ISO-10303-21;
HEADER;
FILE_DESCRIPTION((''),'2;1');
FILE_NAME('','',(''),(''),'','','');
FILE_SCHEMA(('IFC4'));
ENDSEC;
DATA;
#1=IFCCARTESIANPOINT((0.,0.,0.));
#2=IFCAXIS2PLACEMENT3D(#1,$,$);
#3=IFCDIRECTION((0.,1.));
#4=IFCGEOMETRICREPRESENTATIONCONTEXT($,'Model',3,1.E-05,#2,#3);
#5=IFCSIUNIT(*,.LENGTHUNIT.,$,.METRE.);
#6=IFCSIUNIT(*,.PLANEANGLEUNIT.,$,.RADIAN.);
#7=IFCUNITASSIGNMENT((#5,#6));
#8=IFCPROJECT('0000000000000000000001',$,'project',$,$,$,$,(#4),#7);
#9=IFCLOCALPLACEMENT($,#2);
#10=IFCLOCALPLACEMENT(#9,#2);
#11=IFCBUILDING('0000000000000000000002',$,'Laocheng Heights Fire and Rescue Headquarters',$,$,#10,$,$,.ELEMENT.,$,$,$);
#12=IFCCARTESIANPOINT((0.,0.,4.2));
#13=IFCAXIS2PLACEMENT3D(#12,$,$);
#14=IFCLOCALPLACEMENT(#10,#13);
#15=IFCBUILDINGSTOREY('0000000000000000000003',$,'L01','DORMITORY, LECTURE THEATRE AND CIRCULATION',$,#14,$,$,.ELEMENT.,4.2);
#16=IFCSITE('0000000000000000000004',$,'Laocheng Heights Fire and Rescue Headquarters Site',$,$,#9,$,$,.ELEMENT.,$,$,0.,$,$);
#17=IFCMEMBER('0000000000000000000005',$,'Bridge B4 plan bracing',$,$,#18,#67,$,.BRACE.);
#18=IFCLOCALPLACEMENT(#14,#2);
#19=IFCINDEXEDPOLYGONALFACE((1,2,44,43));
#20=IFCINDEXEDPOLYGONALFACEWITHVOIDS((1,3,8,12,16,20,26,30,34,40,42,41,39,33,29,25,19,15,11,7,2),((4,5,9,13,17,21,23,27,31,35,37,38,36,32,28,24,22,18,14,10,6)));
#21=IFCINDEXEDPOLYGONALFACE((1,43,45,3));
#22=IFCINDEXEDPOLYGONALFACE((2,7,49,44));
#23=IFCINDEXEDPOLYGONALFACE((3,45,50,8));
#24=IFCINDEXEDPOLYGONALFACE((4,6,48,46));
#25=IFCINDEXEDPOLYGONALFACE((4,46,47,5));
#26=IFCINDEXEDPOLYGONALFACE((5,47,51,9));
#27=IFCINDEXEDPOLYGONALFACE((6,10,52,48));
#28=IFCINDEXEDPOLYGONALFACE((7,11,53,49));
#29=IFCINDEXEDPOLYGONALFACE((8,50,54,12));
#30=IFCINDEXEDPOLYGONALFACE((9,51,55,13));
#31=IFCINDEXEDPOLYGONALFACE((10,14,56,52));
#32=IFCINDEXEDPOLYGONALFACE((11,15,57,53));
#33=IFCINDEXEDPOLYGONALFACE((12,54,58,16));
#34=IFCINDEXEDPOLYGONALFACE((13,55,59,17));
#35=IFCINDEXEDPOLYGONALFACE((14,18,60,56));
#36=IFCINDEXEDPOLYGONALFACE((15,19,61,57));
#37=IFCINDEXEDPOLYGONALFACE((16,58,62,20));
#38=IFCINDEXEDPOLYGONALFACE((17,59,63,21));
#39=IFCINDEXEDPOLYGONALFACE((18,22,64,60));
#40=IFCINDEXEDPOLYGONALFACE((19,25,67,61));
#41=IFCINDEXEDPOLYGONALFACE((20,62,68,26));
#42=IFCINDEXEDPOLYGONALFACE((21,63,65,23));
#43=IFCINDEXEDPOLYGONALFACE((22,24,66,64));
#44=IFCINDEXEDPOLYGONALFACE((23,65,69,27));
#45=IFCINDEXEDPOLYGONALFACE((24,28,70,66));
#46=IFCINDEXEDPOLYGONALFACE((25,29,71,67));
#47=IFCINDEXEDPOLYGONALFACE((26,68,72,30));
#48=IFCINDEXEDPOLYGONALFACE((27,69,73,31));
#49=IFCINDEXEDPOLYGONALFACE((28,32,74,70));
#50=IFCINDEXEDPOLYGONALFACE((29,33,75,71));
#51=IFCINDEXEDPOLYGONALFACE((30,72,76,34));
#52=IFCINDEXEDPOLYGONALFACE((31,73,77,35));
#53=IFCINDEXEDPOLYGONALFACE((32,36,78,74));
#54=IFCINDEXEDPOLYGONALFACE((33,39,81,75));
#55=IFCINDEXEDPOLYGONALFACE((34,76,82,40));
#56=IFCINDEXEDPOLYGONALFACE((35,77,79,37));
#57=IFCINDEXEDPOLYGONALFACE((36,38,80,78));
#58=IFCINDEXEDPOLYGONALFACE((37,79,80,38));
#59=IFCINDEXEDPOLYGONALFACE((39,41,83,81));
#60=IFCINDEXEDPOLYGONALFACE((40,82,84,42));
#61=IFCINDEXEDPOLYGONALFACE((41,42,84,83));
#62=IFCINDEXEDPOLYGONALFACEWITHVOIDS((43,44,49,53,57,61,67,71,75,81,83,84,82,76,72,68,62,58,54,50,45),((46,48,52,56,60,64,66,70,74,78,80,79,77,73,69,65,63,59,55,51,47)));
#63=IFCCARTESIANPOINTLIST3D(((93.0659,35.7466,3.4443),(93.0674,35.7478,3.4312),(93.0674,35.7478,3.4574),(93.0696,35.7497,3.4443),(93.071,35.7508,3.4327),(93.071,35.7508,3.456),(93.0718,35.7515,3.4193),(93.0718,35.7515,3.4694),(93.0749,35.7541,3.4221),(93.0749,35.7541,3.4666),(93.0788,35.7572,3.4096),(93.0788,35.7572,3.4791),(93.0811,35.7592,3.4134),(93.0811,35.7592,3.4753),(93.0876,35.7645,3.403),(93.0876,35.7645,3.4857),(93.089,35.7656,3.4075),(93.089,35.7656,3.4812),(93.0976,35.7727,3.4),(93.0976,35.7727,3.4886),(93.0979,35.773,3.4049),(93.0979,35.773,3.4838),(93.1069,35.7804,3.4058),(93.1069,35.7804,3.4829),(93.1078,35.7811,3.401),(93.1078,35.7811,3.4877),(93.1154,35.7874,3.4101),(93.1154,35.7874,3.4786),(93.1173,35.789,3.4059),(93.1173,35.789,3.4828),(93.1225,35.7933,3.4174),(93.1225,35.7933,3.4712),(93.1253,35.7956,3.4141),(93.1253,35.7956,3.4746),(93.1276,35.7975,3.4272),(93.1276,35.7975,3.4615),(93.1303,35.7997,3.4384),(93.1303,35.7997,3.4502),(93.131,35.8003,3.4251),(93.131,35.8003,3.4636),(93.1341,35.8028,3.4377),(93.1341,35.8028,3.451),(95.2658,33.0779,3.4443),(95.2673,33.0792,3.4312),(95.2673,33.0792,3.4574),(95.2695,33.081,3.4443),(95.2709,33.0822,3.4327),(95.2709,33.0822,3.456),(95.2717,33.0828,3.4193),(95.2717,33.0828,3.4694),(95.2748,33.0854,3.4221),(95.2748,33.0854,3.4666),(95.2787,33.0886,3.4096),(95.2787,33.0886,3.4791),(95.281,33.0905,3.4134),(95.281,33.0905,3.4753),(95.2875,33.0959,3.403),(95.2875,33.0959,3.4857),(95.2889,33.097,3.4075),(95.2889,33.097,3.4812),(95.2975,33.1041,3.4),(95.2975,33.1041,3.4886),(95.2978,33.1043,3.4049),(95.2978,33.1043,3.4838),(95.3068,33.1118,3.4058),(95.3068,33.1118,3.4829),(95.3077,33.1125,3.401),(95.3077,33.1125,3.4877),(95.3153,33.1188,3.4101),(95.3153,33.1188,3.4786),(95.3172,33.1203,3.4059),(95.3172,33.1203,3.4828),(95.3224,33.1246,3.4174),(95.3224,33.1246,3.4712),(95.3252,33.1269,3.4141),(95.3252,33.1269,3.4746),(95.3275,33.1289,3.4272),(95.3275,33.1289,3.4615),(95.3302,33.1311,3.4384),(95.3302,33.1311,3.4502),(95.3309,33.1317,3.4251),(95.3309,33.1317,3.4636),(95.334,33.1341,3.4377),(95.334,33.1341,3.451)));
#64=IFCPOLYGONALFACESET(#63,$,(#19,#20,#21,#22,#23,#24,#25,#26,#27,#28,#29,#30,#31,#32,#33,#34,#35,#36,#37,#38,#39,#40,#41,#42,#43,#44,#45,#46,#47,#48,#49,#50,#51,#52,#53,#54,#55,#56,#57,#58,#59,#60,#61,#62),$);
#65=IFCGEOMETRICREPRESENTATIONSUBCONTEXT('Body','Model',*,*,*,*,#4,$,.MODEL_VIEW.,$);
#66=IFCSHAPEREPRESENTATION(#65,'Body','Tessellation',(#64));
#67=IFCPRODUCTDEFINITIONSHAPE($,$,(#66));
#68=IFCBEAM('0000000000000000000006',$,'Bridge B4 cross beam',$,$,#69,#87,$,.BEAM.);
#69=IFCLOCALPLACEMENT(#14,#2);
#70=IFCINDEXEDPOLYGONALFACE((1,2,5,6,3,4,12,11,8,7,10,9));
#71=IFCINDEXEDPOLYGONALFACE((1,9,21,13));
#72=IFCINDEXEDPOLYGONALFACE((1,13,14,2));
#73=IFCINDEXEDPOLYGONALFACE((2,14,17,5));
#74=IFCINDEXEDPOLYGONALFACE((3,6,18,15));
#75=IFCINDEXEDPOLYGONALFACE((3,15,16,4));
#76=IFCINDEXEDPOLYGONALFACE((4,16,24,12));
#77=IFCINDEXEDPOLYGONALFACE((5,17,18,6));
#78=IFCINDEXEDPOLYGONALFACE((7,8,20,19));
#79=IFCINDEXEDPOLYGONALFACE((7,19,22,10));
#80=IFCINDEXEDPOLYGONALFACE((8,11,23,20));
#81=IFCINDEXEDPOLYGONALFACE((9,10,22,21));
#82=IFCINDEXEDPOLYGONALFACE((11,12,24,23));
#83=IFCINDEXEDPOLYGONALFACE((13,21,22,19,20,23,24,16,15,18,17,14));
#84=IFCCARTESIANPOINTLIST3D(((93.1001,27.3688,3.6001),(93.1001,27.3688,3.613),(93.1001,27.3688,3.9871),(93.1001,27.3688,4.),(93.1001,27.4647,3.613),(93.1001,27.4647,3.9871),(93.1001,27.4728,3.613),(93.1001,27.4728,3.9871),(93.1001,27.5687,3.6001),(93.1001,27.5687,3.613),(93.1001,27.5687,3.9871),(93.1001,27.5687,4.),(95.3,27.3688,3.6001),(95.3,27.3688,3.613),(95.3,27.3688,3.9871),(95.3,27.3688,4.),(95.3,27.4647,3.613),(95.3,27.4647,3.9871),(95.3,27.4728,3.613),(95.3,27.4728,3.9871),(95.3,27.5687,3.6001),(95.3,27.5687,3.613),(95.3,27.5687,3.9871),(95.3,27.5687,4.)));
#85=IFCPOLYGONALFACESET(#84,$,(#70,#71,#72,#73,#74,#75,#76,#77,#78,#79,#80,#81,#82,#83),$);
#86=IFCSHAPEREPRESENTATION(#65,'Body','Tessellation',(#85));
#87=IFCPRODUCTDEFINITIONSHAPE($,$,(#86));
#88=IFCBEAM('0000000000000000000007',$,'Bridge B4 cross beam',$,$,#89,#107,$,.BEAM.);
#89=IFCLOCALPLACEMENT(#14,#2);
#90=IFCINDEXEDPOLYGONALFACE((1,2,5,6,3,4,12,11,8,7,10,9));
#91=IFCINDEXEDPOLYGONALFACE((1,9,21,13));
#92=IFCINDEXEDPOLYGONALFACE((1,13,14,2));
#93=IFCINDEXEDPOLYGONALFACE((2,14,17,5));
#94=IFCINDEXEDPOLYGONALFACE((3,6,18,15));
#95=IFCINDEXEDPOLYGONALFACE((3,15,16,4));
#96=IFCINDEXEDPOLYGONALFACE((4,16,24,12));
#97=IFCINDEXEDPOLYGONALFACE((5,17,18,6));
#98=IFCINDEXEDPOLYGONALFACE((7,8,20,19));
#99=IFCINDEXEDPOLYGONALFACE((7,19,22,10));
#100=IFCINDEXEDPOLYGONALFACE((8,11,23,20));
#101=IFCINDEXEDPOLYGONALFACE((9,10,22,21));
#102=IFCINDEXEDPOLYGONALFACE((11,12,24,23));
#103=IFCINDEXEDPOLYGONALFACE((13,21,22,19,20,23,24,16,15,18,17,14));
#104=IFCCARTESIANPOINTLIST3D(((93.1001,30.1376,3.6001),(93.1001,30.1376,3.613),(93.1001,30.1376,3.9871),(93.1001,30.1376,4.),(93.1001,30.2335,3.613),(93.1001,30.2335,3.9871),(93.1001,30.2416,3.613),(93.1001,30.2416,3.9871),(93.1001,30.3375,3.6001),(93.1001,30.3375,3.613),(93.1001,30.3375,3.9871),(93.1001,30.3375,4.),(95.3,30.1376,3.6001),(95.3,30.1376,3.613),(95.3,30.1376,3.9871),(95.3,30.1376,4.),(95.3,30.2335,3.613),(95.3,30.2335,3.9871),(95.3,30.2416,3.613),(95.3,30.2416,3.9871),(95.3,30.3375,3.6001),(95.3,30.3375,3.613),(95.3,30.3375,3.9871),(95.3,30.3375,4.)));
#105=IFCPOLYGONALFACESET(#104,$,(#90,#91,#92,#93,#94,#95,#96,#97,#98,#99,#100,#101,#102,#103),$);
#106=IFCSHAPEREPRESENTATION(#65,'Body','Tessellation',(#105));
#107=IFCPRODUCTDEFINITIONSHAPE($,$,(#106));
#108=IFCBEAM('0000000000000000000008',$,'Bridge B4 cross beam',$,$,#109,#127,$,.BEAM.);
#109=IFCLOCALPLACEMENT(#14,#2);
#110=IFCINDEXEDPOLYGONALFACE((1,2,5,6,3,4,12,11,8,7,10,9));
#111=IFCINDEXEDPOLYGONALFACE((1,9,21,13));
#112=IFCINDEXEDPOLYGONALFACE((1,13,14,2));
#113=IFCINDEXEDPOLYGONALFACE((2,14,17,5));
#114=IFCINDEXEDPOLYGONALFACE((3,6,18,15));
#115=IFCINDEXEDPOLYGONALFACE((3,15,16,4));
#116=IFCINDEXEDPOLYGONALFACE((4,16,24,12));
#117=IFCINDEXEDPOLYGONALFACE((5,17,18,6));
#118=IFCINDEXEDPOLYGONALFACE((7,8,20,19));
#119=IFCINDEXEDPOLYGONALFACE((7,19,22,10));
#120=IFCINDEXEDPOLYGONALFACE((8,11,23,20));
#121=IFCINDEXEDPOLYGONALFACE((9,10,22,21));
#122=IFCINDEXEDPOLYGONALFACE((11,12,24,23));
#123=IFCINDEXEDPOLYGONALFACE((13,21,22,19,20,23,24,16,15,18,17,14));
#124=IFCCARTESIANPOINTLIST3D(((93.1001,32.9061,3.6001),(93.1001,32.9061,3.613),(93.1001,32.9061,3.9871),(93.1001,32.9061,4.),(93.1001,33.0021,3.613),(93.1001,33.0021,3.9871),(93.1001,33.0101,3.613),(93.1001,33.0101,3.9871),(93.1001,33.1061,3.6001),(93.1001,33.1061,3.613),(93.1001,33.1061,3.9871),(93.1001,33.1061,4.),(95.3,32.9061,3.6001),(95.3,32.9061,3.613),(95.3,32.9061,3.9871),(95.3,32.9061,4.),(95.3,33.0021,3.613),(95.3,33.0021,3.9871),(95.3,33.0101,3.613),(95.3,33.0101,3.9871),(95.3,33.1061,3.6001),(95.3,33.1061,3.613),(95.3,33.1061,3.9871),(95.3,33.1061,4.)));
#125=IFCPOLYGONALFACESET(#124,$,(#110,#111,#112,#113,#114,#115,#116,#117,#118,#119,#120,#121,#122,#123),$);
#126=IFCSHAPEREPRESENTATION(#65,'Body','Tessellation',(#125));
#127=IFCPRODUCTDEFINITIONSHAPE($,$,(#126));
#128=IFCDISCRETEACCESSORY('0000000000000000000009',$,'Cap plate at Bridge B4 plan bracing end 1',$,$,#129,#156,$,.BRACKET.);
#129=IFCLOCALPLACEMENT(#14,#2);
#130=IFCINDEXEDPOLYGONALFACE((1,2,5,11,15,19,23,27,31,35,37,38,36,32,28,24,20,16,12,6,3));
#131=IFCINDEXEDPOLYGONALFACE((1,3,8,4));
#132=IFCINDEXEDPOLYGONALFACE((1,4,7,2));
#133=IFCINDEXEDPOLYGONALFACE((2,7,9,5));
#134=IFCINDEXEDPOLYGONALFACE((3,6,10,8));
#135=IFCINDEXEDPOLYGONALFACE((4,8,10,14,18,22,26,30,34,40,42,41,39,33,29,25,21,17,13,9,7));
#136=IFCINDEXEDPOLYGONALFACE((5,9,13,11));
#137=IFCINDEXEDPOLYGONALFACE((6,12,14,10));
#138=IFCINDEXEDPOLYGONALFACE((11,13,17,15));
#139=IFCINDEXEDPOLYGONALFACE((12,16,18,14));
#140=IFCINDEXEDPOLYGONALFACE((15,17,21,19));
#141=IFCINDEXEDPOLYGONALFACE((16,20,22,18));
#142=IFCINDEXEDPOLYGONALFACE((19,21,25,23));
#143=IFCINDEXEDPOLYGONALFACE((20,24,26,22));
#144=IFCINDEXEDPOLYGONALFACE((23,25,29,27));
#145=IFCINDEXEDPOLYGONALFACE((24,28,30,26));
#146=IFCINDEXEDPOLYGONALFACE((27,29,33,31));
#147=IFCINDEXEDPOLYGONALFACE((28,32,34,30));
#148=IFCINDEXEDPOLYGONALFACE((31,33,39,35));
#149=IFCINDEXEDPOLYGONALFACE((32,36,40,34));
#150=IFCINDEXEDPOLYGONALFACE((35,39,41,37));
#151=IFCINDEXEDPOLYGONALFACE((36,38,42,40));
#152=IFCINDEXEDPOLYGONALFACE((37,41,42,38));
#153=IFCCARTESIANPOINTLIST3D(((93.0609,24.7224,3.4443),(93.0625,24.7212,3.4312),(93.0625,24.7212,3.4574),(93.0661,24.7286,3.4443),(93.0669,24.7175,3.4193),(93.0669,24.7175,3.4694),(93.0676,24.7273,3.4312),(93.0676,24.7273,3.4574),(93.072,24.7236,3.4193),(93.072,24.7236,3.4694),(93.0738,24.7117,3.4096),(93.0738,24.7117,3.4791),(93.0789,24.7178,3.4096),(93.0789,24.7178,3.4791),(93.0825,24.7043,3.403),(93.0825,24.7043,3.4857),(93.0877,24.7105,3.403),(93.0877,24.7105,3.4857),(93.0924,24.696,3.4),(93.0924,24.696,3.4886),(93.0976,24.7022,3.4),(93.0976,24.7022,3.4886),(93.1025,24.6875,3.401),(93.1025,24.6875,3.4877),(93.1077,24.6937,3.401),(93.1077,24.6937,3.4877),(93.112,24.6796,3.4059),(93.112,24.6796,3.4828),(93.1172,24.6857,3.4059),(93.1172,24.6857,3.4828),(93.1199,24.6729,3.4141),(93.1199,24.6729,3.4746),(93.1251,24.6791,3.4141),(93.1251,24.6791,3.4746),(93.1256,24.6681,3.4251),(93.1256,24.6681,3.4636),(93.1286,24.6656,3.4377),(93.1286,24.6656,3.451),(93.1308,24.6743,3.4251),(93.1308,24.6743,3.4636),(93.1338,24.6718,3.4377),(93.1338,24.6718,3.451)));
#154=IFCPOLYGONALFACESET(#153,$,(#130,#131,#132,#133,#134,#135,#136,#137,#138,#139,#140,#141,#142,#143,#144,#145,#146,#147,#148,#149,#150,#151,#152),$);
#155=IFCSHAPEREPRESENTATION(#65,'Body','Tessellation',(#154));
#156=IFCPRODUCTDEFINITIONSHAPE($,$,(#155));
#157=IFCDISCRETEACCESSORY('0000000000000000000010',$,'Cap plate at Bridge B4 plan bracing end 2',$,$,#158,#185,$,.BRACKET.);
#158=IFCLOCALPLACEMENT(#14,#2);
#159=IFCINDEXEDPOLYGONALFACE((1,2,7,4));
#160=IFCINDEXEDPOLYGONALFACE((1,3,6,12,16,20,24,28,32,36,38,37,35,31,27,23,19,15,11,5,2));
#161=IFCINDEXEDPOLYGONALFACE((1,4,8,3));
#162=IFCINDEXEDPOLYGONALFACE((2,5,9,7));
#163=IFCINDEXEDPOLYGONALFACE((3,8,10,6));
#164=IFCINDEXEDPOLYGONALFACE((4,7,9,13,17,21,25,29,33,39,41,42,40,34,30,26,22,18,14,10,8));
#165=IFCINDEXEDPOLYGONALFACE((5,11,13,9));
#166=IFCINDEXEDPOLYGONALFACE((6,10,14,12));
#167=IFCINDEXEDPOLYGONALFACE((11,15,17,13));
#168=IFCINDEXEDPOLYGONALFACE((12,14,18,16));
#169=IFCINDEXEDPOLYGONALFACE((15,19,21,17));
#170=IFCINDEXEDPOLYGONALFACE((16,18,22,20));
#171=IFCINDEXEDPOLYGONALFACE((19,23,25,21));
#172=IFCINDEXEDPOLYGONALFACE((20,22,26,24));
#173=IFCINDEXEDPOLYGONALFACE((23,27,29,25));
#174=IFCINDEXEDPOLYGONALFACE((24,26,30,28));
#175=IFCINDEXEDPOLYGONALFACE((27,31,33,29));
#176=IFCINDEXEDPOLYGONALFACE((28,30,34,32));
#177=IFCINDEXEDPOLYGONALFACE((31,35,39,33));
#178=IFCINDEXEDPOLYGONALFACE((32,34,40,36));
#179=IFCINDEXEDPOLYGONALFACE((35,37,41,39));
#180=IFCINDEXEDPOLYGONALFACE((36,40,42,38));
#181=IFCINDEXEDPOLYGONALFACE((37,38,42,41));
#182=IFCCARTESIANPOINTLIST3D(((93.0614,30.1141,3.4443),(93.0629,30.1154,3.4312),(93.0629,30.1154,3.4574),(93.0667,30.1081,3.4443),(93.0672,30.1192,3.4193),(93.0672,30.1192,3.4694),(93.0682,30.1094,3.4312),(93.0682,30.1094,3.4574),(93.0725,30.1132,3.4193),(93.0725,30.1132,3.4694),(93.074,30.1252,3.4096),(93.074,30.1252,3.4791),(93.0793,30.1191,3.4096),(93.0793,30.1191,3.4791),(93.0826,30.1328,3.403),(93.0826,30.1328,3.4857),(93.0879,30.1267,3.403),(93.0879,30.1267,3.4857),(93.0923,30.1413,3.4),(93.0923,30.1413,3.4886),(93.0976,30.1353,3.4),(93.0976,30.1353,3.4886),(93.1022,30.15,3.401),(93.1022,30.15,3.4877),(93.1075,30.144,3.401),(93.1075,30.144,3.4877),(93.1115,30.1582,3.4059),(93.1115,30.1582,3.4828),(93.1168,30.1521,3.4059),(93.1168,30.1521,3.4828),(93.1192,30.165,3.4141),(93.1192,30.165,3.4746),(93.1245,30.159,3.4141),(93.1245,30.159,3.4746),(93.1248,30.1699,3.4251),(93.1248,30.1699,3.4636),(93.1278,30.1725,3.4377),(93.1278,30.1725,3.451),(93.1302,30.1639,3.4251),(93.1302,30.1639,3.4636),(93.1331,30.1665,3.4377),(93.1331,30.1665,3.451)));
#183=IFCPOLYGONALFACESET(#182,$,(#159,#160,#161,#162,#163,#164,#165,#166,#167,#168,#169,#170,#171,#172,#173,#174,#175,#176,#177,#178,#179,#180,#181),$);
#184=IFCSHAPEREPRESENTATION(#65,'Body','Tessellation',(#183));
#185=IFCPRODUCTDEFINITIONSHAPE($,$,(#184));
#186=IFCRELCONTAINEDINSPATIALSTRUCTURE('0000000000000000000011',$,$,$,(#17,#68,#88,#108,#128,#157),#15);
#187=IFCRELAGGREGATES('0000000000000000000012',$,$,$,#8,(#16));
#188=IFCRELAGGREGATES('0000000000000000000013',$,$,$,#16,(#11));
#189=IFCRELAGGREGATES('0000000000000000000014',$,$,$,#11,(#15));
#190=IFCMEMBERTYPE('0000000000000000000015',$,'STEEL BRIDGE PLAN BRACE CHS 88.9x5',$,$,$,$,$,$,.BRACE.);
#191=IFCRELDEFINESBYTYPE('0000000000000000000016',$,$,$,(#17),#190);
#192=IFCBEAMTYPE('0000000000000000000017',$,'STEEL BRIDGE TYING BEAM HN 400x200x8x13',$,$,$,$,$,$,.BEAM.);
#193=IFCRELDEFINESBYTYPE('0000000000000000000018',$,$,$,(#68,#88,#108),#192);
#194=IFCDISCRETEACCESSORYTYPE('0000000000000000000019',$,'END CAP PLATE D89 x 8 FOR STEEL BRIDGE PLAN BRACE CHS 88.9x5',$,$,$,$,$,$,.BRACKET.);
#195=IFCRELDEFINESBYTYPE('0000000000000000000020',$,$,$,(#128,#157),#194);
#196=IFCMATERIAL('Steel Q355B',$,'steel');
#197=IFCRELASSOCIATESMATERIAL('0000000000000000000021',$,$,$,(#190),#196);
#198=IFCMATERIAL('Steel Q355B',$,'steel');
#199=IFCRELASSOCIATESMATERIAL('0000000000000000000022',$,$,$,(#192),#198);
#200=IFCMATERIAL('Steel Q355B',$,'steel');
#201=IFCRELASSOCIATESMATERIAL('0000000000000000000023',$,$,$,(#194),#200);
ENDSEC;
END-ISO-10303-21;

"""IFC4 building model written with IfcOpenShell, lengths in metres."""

from ifc_helpers import new_model, si_unit, direction, frame, origin, origin_2d, place, context, subcontext, project, spatial, circle, hollow_circle, i_section, extrude, material, material_profile, profile_set, type_object, element, save


model = new_model("IFC4")

# Units and contexts
model_context = context("Model", 3, precision=1e-05, world=origin(), true_north=direction((0.0, 1.0)))
body_context = subcontext(model_context, "Body", "Model", "MODEL_VIEW")
ifc_project = project(units=[si_unit("LENGTHUNIT", "METRE"), si_unit("PLANEANGLEUNIT", "RADIAN")], contexts=[model_context])

# Site, building, storey
site_placement = place(None, origin())
site = spatial("IfcSite", under=ifc_project, at=site_placement, Name="Laocheng Heights Fire and Rescue Headquarters Site", CompositionType="ELEMENT", RefElevation=0.0)
building_placement = place(site_placement, origin())
building = spatial("IfcBuilding", under=site, at=building_placement, Name="Laocheng Heights Fire and Rescue Headquarters", CompositionType="ELEMENT")
storey_placement = place(building_placement, frame((0.0, 0.0, 4.2)))
storey = spatial("IfcBuildingStorey", under=building, at=storey_placement, Name="L01", Description="DORMITORY, LECTURE THEATRE AND CIRCULATION", CompositionType="ELEMENT", Elevation=4.2)

# Member
ifc_material_1 = material(Name="Steel Q355B", Category="steel")
ifc_material_profile_1 = material_profile(ifc_material_1, hollow_circle(Radius=0.0444, WallThickness=0.0049, at=origin_2d()), Name="CHS 88.9x5")
ifc_profile_set_1 = profile_set([ifc_material_profile_1], Name="Steel Q355B")
member_type = type_object("IfcMemberType", Name="STEEL BRIDGE PLAN BRACE CHS 88.9x5", PredefinedType="BRACE", material=ifc_profile_set_1)
member_1_placement = place(storey_placement, frame((95.3, 33.1062, 3.4443), z_axis=(-0.636086, 0.771618, 0.0), x_axis=(-0.771618, -0.636086, 0.0)))
element("IfcMember", 1, at=member_1_placement, inside=storey, type_object=member_type, Name="Bridge B4 plan bracing", PredefinedType="BRACE", context=body_context, shape_type="SweptSolid", body=[
    extrude(hollow_circle(Radius=0.0444, WallThickness=0.0049, at=origin_2d()), origin(), (0.0, 0.0, 1.0), 3.4585),
])

# Beams
ifc_material_2 = material(Name="Steel Q355B", Category="steel")
ifc_material_profile_2 = material_profile(ifc_material_2, i_section(OverallWidth=0.2, OverallDepth=0.3999, WebThickness=0.0081, FlangeThickness=0.0129, at=origin_2d()), Name="HN 400x200x8x13")
ifc_profile_set_2 = profile_set([ifc_material_profile_2], Name="Steel Q355B")
beam_type_1 = type_object("IfcBeamType", Name="STEEL BRIDGE TYING BEAM HN 400x200x8x13", PredefinedType="BEAM", material=ifc_profile_set_2)
for number, where, z_axis, x_axis, name in (
    (2, (93.1001, 27.4688, 3.8), (1.0, 0.0, 0.0), (0.0, 1.0, 0.0), "Bridge B4 cross beam"),
    (3, (93.1001, 30.2375, 3.8), (1.0, 0.0, 0.0), (0.0, 1.0, 0.0), "Bridge B4 cross beam"),
    (4, (93.1001, 33.0061, 3.8), (1.0, 0.0, 0.0), (0.0, 1.0, 0.0), "Bridge B4 cross beam"),
):
    element("IfcBeam", number, at=place(storey_placement, frame(where, z_axis=z_axis, x_axis=x_axis)), inside=storey, type_object=beam_type_1, Name=name, PredefinedType="BEAM", context=body_context, shape_type="SweptSolid", body=[
        extrude(i_section(OverallWidth=0.2, OverallDepth=0.3999, WebThickness=0.0081, FlangeThickness=0.0129, at=origin_2d()), origin(), (0.0, 0.0, 1.0), 2.2),
    ])

# Discrete accessories
ifc_material_3 = material(Name="Steel Q355B", Category="steel")
ifc_material_profile_3 = material_profile(ifc_material_3, circle(Radius=0.0444, at=origin_2d()), Name="END CAP PLATE D89 x 8 FOR STEEL BRIDGE PLAN BRACE CHS 88.9x5")
ifc_profile_set_3 = profile_set([ifc_material_profile_3], Name="Steel Q355B")
discrete_accessory_type_1 = type_object("IfcDiscreteAccessoryType", Name="END CAP PLATE D89 x 8 FOR STEEL BRIDGE PLAN BRACE CHS 88.9x5", PredefinedType="BRACKET", material=ifc_profile_set_3)
for number, where, z_axis, x_axis, name in (
    (5, (93.095, 24.6938, 3.4443), (0.643192, 0.765705, 0.0), (-0.765705, 0.643192, 0.0), "Cap plate at Bridge B4 plan bracing end 1"),
    (6, (93.1001, 30.1375, 3.4443), (-0.660628, 0.750714, 0.0), (-0.750714, -0.660628, 0.0), "Cap plate at Bridge B4 plan bracing end 2"),
):
    element("IfcDiscreteAccessory", number, at=place(storey_placement, frame(where, z_axis=z_axis, x_axis=x_axis)), inside=storey, type_object=discrete_accessory_type_1, Name=name, PredefinedType="BRACKET", context=body_context, shape_type="SweptSolid", body=[
        extrude(circle(Radius=0.0444, at=origin_2d()), origin(), (0.0, 0.0, 1.0), 0.0081),
    ])

save(model, "model.ifc")
